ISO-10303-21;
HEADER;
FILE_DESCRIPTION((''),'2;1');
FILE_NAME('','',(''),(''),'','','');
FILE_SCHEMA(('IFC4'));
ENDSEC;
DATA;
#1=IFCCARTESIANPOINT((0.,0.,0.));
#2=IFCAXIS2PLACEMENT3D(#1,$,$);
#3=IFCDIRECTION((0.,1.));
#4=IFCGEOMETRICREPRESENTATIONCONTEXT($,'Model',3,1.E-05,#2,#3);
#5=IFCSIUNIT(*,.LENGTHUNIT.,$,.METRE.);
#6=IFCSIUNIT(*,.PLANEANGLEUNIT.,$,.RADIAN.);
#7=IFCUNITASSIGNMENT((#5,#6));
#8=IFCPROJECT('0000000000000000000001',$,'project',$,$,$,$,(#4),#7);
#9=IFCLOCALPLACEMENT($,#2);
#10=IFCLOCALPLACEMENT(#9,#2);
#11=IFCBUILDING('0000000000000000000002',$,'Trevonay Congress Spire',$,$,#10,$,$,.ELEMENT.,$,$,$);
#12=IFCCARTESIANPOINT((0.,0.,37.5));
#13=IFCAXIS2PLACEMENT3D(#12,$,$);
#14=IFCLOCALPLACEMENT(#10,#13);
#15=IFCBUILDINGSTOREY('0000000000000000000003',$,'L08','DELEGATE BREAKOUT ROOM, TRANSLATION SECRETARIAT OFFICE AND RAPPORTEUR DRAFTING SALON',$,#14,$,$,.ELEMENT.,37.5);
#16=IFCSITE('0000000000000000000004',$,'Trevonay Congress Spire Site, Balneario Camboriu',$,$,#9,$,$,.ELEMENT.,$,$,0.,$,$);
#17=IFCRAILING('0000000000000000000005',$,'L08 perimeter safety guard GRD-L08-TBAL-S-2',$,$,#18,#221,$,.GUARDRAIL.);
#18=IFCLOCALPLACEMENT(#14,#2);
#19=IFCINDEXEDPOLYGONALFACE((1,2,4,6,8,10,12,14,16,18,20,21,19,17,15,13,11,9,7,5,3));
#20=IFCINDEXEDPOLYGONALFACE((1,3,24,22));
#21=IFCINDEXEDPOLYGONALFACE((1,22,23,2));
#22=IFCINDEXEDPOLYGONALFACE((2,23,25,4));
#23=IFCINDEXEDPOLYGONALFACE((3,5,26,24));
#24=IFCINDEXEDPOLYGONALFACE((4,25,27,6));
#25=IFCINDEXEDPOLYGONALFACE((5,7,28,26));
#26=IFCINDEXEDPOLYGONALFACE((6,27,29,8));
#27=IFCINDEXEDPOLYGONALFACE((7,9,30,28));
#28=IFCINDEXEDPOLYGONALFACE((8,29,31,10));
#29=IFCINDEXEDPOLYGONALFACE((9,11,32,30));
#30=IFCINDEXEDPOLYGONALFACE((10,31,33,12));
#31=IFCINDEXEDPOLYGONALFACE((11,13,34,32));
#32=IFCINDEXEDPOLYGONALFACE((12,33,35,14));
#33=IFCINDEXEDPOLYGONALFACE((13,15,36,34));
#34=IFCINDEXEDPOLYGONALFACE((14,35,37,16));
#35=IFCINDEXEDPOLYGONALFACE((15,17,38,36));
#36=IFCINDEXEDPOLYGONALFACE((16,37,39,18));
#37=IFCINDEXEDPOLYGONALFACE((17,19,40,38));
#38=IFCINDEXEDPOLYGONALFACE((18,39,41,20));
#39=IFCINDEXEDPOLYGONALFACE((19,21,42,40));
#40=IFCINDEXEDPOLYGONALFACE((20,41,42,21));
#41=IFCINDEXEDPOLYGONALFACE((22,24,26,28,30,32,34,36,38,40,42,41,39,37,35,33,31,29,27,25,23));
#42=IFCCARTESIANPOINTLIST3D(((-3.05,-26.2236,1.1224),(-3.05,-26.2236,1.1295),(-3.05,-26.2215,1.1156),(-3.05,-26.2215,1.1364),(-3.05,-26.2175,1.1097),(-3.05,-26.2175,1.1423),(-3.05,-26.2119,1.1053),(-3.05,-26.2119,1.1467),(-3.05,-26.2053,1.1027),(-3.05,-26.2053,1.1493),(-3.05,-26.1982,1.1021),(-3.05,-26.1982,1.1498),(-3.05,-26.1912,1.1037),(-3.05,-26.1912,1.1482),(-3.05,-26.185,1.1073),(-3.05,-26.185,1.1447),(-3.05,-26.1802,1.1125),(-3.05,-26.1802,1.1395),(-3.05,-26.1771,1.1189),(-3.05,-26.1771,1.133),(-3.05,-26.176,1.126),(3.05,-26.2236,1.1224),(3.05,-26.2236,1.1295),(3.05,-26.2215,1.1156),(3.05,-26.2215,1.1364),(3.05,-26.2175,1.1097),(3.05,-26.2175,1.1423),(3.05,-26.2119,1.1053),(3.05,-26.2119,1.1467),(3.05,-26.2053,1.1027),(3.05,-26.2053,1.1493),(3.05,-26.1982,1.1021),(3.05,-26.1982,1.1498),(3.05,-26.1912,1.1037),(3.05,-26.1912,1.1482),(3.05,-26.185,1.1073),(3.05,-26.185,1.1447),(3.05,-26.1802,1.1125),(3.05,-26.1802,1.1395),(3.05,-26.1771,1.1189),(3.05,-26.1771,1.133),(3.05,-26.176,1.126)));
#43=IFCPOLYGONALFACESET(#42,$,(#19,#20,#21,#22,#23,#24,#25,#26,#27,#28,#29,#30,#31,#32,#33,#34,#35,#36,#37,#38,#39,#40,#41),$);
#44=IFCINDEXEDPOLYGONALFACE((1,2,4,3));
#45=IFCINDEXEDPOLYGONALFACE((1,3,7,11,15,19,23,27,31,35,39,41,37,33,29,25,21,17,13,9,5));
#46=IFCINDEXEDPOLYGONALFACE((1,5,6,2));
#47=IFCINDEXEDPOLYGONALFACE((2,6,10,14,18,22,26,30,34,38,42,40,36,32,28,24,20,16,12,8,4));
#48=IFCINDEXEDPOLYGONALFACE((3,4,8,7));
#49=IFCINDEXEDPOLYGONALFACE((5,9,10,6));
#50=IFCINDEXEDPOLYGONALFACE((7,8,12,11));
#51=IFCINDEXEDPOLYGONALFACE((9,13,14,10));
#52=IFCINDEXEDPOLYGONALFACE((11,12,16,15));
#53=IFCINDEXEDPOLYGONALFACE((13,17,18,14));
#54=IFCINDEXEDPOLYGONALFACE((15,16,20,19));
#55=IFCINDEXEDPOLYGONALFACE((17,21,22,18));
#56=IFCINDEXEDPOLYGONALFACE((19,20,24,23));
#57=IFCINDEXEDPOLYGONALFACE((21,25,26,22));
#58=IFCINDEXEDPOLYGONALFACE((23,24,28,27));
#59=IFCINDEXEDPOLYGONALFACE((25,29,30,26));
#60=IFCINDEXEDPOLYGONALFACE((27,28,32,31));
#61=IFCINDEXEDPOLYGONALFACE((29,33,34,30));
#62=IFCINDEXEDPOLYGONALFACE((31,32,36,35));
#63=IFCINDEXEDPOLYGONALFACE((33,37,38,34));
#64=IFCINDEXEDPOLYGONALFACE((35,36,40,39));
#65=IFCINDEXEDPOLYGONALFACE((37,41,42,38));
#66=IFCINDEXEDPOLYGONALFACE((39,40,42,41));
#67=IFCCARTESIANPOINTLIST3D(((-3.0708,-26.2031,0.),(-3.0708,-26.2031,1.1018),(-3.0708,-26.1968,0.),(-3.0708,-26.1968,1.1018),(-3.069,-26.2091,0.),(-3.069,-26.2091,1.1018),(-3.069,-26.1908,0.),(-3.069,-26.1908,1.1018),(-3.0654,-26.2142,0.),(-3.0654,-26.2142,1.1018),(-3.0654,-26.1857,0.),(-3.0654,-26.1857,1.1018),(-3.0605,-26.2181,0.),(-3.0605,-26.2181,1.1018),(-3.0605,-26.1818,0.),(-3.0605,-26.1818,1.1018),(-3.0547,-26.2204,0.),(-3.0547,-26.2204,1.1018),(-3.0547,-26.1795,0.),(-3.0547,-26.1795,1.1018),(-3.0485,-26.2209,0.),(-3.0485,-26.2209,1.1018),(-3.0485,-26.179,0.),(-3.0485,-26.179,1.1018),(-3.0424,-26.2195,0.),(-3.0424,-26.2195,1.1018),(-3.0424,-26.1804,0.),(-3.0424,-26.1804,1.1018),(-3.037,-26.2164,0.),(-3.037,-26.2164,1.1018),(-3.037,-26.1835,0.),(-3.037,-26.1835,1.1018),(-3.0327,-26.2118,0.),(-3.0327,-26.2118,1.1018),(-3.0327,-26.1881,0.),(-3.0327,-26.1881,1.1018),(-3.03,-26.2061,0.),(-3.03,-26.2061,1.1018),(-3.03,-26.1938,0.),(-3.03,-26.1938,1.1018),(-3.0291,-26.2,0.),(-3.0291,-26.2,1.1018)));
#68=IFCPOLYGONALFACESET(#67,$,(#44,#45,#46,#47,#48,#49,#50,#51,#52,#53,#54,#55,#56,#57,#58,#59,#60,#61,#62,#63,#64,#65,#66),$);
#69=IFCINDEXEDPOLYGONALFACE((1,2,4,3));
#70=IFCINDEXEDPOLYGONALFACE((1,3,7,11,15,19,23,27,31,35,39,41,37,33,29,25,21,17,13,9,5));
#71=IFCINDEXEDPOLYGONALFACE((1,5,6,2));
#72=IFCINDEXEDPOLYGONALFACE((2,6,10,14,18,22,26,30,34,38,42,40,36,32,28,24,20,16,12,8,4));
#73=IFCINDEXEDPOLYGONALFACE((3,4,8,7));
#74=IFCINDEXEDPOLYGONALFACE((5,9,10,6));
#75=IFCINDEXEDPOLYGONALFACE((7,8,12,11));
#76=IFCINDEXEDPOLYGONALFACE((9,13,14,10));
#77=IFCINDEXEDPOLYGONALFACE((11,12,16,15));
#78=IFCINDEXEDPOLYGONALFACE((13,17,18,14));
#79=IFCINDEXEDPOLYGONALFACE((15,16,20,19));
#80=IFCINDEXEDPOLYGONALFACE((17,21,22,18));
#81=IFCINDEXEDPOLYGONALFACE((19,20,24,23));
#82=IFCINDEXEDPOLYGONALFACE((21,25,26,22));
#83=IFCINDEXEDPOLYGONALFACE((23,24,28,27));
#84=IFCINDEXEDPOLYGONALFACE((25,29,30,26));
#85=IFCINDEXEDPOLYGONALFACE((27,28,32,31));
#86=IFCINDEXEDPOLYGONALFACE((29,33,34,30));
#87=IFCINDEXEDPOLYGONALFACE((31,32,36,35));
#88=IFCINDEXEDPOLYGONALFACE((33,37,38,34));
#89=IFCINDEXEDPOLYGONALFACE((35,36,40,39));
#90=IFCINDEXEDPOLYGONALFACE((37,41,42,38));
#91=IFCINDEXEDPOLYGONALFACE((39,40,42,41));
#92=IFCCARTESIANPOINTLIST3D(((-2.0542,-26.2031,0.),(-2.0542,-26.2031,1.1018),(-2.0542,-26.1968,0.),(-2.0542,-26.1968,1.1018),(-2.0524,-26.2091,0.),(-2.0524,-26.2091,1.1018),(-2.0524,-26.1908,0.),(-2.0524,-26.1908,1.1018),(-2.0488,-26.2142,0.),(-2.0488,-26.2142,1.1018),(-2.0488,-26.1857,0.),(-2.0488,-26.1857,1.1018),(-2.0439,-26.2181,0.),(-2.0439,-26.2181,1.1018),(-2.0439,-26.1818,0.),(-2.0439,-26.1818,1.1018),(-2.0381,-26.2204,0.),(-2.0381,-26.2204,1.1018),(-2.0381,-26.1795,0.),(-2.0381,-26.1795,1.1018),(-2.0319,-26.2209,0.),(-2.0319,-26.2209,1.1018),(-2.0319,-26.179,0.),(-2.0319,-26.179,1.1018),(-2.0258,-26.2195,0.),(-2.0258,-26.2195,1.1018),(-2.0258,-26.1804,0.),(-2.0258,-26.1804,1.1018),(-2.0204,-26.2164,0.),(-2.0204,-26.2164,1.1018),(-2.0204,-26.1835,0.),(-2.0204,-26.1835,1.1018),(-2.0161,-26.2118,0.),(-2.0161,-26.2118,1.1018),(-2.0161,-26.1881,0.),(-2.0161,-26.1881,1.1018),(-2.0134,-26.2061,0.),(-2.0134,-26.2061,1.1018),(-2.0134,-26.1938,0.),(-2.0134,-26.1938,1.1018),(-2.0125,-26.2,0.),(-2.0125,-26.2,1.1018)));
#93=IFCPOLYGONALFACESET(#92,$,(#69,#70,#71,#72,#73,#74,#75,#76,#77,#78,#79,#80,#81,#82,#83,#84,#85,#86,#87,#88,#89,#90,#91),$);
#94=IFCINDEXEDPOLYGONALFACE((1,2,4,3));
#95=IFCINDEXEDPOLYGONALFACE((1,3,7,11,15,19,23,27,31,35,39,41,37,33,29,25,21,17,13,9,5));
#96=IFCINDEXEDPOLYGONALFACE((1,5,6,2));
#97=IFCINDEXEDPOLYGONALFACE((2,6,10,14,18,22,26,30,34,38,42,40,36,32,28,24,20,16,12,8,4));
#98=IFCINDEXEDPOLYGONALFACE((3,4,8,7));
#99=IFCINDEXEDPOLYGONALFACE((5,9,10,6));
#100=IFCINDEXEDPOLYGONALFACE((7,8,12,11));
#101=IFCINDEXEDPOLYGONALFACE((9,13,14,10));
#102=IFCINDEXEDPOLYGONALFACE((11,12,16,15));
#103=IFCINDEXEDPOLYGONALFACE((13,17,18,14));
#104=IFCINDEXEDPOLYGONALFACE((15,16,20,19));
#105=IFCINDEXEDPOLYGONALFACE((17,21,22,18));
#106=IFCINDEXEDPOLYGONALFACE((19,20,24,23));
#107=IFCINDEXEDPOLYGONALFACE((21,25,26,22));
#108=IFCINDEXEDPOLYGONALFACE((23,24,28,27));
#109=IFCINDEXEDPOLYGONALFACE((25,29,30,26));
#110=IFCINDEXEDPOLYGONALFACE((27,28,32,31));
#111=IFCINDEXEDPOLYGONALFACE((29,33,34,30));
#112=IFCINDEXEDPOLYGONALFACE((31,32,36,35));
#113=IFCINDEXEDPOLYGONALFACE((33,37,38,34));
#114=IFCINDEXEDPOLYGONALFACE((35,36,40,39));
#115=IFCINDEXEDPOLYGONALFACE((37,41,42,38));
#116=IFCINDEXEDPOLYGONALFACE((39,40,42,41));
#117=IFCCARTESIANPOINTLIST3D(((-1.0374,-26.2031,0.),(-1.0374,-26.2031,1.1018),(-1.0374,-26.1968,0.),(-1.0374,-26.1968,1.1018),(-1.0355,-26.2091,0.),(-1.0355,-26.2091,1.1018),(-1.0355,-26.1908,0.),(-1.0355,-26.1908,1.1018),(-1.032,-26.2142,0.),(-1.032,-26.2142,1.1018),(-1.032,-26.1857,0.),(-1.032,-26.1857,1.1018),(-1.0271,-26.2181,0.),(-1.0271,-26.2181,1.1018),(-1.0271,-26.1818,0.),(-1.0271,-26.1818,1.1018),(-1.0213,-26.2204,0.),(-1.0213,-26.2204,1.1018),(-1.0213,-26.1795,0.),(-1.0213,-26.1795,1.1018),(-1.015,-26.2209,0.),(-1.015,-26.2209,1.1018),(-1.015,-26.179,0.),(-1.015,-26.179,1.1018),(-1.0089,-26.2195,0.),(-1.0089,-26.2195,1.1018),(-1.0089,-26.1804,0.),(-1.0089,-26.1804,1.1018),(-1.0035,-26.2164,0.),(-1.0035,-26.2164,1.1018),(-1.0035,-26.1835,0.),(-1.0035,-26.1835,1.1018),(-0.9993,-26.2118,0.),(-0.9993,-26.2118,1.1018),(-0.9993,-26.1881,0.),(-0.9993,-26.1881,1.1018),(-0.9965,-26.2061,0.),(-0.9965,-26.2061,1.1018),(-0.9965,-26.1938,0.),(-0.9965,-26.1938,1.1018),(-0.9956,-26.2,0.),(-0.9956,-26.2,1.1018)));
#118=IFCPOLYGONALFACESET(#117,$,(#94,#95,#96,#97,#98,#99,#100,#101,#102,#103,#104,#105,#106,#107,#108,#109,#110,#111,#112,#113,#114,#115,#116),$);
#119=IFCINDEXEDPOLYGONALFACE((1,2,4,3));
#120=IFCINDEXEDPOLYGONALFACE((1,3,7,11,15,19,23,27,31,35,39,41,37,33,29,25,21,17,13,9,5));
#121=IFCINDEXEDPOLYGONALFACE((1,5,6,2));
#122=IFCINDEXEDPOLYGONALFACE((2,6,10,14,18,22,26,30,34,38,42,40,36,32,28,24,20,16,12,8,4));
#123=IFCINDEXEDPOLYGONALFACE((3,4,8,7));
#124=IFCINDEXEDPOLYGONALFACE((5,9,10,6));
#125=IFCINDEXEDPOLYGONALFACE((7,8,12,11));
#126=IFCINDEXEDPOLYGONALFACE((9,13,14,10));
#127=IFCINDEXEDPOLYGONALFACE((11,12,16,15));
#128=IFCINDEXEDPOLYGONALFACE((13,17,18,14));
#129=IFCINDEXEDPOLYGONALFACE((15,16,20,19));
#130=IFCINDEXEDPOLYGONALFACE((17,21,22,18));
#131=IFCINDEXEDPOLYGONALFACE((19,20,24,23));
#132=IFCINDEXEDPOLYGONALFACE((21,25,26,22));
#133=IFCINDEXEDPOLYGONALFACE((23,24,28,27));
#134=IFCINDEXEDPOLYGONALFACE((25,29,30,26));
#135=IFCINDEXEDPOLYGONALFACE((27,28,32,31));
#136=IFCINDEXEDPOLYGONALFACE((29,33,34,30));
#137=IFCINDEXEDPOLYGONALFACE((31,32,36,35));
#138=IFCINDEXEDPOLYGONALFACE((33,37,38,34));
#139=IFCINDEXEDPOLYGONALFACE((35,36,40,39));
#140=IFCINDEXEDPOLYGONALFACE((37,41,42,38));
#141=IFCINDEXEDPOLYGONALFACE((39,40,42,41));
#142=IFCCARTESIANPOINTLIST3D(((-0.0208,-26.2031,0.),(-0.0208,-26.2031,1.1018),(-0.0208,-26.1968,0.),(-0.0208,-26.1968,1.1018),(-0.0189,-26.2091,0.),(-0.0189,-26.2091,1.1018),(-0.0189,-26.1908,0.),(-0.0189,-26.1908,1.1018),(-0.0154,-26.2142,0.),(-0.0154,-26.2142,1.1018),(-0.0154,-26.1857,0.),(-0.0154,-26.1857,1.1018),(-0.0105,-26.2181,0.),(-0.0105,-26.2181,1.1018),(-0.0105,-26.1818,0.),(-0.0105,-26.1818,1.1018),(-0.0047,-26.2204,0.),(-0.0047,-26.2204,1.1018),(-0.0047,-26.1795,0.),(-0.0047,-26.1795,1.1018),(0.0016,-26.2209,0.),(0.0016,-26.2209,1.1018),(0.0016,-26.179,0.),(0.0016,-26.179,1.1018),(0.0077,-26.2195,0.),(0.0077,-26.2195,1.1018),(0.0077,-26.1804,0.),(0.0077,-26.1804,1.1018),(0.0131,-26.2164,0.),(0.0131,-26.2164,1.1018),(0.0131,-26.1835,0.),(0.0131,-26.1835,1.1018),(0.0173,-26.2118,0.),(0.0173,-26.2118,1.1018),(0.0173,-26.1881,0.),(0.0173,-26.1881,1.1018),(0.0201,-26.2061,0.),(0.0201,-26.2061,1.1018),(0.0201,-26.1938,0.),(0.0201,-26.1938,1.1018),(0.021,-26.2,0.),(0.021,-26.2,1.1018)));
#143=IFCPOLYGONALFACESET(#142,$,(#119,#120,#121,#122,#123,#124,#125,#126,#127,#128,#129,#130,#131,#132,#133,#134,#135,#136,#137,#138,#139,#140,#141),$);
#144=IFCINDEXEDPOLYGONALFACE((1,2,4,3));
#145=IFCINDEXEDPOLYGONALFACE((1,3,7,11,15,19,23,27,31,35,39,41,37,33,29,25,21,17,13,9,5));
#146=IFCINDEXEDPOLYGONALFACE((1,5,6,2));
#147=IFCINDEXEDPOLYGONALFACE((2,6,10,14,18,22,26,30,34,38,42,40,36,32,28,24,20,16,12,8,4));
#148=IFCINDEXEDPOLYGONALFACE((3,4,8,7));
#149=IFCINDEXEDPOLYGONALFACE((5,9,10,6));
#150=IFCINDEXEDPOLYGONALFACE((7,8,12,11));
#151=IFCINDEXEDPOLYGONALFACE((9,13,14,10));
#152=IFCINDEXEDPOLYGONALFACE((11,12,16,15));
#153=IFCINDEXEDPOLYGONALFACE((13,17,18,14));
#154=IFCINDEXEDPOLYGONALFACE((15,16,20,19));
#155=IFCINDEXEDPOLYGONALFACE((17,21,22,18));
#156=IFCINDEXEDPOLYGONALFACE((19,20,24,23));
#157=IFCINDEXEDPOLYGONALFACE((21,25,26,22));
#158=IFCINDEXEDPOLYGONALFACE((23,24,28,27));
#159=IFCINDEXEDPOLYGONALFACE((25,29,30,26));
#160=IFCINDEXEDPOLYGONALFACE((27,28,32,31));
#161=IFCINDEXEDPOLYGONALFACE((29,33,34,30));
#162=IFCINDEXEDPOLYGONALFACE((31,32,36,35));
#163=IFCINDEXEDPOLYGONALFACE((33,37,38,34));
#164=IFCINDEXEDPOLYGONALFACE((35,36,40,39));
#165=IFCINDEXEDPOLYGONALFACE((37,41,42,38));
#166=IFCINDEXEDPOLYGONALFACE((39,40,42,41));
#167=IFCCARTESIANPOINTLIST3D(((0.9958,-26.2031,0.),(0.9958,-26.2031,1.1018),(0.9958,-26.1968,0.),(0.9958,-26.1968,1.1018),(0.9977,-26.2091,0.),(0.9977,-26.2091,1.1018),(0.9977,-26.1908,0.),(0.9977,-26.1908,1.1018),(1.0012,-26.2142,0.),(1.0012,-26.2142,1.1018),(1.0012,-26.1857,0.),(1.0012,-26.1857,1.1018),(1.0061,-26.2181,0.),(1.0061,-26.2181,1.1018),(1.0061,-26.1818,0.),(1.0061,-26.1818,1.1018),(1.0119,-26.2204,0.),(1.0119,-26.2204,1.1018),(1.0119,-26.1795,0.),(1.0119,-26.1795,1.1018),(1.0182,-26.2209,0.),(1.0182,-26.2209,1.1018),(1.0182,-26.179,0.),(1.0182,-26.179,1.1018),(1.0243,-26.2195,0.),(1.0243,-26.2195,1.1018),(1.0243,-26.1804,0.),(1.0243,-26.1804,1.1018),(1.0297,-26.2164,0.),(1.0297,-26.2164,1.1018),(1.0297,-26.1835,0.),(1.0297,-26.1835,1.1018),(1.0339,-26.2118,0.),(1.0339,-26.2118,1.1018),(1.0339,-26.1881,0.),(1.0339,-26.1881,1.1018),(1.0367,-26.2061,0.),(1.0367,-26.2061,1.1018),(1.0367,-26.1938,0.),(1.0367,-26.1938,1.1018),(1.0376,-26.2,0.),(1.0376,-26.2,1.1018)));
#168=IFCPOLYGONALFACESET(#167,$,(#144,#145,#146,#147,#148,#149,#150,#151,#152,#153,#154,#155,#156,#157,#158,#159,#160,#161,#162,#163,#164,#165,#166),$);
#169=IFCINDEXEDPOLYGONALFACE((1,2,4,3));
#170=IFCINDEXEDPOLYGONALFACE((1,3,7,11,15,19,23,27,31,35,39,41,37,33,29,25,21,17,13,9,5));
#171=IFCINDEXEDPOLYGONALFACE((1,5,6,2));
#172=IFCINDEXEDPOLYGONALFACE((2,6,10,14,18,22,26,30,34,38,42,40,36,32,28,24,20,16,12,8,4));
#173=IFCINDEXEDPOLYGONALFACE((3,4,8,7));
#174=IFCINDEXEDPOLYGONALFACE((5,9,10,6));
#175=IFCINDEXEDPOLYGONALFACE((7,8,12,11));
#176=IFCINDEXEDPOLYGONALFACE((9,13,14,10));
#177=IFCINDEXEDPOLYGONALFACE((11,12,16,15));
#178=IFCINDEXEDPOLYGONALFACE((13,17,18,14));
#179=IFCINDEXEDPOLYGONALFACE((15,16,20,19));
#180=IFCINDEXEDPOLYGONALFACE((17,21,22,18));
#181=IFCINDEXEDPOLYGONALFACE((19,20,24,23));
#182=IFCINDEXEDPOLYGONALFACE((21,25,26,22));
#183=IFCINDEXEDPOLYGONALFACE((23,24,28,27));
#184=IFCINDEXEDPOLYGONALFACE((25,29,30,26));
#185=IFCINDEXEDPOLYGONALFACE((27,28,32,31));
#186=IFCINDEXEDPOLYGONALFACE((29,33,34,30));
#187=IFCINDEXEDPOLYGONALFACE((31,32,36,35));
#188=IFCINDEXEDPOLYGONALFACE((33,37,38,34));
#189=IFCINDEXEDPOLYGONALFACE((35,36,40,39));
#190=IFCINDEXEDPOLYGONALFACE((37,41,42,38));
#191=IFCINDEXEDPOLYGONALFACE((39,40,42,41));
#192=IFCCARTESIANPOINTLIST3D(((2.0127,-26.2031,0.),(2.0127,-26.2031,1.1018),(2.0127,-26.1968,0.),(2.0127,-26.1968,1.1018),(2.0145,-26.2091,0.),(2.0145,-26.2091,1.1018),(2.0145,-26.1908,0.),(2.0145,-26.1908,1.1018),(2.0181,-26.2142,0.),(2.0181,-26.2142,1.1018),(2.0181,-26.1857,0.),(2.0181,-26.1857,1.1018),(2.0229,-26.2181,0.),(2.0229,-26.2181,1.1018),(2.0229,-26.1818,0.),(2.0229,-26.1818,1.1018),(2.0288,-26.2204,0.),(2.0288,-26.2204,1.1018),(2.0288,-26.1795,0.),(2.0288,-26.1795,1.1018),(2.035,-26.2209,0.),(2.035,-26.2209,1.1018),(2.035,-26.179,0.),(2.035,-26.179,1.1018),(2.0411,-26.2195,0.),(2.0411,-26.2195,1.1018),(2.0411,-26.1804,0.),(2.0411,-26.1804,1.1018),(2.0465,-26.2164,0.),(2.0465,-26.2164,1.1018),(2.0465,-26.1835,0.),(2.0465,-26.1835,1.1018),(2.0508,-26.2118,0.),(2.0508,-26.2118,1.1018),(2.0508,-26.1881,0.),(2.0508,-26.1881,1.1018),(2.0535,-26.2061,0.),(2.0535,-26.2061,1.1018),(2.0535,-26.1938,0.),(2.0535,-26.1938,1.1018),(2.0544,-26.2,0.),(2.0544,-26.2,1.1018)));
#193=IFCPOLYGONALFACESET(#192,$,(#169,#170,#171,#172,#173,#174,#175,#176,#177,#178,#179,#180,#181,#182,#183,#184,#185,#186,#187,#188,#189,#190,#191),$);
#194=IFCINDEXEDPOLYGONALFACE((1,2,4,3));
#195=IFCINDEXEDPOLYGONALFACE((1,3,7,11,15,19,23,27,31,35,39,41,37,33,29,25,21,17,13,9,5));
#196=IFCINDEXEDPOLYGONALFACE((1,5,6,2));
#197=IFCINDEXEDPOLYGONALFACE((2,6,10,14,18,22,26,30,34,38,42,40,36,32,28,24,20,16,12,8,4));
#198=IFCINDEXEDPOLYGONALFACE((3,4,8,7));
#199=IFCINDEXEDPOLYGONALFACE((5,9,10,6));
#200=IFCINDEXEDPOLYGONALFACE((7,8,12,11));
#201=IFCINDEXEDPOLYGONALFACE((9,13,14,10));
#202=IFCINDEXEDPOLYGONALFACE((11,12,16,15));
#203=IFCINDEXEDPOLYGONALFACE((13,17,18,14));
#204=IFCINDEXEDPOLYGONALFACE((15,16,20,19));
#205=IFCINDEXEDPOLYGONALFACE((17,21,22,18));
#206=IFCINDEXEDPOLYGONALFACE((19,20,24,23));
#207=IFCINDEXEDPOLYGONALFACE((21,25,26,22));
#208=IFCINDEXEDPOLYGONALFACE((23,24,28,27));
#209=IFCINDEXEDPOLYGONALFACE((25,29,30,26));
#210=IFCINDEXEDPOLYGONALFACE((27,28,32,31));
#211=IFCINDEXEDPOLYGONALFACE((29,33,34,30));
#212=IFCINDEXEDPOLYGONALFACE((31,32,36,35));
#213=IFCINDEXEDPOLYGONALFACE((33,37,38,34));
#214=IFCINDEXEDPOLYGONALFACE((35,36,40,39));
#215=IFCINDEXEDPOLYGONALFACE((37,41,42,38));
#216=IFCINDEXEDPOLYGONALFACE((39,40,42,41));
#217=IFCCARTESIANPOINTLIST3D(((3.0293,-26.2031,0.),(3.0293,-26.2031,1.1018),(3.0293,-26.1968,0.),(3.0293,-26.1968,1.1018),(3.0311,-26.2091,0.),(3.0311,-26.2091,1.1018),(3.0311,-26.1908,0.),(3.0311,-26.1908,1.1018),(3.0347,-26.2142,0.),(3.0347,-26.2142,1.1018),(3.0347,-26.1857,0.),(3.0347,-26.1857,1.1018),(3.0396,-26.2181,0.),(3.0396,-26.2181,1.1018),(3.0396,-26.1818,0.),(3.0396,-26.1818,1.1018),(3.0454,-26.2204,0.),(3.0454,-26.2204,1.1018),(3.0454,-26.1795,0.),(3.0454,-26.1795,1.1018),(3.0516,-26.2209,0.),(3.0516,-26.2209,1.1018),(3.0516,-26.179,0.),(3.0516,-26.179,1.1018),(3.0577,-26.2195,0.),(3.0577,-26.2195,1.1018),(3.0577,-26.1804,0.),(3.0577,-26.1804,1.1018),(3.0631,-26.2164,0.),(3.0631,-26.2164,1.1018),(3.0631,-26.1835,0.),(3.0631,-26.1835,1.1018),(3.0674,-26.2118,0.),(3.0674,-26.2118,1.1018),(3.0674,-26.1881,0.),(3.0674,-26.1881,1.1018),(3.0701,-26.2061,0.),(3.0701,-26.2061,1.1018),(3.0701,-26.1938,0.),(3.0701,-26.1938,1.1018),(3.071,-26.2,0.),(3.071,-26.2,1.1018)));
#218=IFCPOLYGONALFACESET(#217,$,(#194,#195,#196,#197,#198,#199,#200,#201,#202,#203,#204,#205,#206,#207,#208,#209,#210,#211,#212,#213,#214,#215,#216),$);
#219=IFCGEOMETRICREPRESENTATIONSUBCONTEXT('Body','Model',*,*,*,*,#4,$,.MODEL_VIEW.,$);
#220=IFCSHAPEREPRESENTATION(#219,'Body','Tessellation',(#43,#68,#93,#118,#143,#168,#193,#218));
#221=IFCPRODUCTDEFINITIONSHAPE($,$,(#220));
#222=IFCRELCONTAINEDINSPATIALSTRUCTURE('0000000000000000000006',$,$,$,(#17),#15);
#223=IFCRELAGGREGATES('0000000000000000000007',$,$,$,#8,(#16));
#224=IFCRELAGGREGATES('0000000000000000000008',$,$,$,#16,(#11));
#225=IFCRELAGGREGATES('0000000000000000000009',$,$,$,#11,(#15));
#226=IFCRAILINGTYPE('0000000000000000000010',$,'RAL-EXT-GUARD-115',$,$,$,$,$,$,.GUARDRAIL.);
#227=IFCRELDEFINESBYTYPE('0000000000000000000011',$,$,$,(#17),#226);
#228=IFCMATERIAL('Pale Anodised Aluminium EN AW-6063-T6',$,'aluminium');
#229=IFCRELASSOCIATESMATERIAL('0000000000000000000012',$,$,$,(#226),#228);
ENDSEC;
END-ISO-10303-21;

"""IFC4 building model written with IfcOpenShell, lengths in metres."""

from ifc_helpers import new_model, si_unit, direction, frame, origin, origin_2d, place, context, subcontext, project, spatial, circle, extrude, material, type_object, element, save


model = new_model("IFC4")

# Units and contexts
model_context = context("Model", 3, precision=1e-05, world=origin(), true_north=direction((0.0, 1.0)))
body_context = subcontext(model_context, "Body", "Model", "MODEL_VIEW")
ifc_project = project(units=[si_unit("LENGTHUNIT", "METRE"), si_unit("PLANEANGLEUNIT", "RADIAN")], contexts=[model_context])

# Site, building, storey
site_placement = place(None, origin())
site = spatial("IfcSite", under=ifc_project, at=site_placement, Name="Trevonay Congress Spire Site, Balneario Camboriu", CompositionType="ELEMENT", RefElevation=0.0)
building_placement = place(site_placement, origin())
building = spatial("IfcBuilding", under=site, at=building_placement, Name="Trevonay Congress Spire", CompositionType="ELEMENT")
storey_placement = place(building_placement, frame((0.0, 0.0, 37.5)))
storey = spatial("IfcBuildingStorey", under=building, at=storey_placement, Name="L08", Description="DELEGATE BREAKOUT ROOM, TRANSLATION SECRETARIAT OFFICE AND RAPPORTEUR DRAFTING SALON", CompositionType="ELEMENT", Elevation=37.5)

# Shared definitions
ifc_material_1 = material(Name="Pale Anodised Aluminium EN AW-6063-T6", Category="aluminium")

# Railing
railing_type = type_object("IfcRailingType", Name="RAL-EXT-GUARD-115", PredefinedType="GUARDRAIL", material=ifc_material_1)
railing_1_placement = place(storey_placement, frame((-3.05, -26.2, 0.0)))
element("IfcRailing", 1, at=railing_1_placement, inside=storey, type_object=railing_type, Name="L08 perimeter safety guard GRD-L08-TBAL-S-2", PredefinedType="GUARDRAIL", context=body_context, shape_type="SweptSolid", body=[
    extrude(circle(Radius=0.0239, at=origin_2d()), frame((0.0, 0.0, 1.126), z_axis=(1.0, 0.0, 0.0), x_axis=(0.0, 1.0, 0.0)), (0.0, 0.0, 1.0), 6.1001),
    extrude(circle(Radius=0.021, at=origin_2d()), origin(), (0.0, 0.0, 1.0), 1.1018),
    extrude(circle(Radius=0.021, at=origin_2d()), frame((1.0166, 0.0, 0.0)), (0.0, 0.0, 1.0), 1.1018),
    extrude(circle(Radius=0.021, at=origin_2d()), frame((2.0334, 0.0, 0.0)), (0.0, 0.0, 1.0), 1.1018),
    extrude(circle(Radius=0.021, at=origin_2d()), frame((3.05, 0.0, 0.0)), (0.0, 0.0, 1.0), 1.1018),
    extrude(circle(Radius=0.021, at=origin_2d()), frame((4.0667, 0.0, 0.0)), (0.0, 0.0, 1.0), 1.1018),
    extrude(circle(Radius=0.021, at=origin_2d()), frame((5.0835, 0.0, 0.0)), (0.0, 0.0, 1.0), 1.1018),
    extrude(circle(Radius=0.021, at=origin_2d()), frame((6.1001, 0.0, 0.0)), (0.0, 0.0, 1.0), 1.1018),
])

save(model, "model.ifc")
